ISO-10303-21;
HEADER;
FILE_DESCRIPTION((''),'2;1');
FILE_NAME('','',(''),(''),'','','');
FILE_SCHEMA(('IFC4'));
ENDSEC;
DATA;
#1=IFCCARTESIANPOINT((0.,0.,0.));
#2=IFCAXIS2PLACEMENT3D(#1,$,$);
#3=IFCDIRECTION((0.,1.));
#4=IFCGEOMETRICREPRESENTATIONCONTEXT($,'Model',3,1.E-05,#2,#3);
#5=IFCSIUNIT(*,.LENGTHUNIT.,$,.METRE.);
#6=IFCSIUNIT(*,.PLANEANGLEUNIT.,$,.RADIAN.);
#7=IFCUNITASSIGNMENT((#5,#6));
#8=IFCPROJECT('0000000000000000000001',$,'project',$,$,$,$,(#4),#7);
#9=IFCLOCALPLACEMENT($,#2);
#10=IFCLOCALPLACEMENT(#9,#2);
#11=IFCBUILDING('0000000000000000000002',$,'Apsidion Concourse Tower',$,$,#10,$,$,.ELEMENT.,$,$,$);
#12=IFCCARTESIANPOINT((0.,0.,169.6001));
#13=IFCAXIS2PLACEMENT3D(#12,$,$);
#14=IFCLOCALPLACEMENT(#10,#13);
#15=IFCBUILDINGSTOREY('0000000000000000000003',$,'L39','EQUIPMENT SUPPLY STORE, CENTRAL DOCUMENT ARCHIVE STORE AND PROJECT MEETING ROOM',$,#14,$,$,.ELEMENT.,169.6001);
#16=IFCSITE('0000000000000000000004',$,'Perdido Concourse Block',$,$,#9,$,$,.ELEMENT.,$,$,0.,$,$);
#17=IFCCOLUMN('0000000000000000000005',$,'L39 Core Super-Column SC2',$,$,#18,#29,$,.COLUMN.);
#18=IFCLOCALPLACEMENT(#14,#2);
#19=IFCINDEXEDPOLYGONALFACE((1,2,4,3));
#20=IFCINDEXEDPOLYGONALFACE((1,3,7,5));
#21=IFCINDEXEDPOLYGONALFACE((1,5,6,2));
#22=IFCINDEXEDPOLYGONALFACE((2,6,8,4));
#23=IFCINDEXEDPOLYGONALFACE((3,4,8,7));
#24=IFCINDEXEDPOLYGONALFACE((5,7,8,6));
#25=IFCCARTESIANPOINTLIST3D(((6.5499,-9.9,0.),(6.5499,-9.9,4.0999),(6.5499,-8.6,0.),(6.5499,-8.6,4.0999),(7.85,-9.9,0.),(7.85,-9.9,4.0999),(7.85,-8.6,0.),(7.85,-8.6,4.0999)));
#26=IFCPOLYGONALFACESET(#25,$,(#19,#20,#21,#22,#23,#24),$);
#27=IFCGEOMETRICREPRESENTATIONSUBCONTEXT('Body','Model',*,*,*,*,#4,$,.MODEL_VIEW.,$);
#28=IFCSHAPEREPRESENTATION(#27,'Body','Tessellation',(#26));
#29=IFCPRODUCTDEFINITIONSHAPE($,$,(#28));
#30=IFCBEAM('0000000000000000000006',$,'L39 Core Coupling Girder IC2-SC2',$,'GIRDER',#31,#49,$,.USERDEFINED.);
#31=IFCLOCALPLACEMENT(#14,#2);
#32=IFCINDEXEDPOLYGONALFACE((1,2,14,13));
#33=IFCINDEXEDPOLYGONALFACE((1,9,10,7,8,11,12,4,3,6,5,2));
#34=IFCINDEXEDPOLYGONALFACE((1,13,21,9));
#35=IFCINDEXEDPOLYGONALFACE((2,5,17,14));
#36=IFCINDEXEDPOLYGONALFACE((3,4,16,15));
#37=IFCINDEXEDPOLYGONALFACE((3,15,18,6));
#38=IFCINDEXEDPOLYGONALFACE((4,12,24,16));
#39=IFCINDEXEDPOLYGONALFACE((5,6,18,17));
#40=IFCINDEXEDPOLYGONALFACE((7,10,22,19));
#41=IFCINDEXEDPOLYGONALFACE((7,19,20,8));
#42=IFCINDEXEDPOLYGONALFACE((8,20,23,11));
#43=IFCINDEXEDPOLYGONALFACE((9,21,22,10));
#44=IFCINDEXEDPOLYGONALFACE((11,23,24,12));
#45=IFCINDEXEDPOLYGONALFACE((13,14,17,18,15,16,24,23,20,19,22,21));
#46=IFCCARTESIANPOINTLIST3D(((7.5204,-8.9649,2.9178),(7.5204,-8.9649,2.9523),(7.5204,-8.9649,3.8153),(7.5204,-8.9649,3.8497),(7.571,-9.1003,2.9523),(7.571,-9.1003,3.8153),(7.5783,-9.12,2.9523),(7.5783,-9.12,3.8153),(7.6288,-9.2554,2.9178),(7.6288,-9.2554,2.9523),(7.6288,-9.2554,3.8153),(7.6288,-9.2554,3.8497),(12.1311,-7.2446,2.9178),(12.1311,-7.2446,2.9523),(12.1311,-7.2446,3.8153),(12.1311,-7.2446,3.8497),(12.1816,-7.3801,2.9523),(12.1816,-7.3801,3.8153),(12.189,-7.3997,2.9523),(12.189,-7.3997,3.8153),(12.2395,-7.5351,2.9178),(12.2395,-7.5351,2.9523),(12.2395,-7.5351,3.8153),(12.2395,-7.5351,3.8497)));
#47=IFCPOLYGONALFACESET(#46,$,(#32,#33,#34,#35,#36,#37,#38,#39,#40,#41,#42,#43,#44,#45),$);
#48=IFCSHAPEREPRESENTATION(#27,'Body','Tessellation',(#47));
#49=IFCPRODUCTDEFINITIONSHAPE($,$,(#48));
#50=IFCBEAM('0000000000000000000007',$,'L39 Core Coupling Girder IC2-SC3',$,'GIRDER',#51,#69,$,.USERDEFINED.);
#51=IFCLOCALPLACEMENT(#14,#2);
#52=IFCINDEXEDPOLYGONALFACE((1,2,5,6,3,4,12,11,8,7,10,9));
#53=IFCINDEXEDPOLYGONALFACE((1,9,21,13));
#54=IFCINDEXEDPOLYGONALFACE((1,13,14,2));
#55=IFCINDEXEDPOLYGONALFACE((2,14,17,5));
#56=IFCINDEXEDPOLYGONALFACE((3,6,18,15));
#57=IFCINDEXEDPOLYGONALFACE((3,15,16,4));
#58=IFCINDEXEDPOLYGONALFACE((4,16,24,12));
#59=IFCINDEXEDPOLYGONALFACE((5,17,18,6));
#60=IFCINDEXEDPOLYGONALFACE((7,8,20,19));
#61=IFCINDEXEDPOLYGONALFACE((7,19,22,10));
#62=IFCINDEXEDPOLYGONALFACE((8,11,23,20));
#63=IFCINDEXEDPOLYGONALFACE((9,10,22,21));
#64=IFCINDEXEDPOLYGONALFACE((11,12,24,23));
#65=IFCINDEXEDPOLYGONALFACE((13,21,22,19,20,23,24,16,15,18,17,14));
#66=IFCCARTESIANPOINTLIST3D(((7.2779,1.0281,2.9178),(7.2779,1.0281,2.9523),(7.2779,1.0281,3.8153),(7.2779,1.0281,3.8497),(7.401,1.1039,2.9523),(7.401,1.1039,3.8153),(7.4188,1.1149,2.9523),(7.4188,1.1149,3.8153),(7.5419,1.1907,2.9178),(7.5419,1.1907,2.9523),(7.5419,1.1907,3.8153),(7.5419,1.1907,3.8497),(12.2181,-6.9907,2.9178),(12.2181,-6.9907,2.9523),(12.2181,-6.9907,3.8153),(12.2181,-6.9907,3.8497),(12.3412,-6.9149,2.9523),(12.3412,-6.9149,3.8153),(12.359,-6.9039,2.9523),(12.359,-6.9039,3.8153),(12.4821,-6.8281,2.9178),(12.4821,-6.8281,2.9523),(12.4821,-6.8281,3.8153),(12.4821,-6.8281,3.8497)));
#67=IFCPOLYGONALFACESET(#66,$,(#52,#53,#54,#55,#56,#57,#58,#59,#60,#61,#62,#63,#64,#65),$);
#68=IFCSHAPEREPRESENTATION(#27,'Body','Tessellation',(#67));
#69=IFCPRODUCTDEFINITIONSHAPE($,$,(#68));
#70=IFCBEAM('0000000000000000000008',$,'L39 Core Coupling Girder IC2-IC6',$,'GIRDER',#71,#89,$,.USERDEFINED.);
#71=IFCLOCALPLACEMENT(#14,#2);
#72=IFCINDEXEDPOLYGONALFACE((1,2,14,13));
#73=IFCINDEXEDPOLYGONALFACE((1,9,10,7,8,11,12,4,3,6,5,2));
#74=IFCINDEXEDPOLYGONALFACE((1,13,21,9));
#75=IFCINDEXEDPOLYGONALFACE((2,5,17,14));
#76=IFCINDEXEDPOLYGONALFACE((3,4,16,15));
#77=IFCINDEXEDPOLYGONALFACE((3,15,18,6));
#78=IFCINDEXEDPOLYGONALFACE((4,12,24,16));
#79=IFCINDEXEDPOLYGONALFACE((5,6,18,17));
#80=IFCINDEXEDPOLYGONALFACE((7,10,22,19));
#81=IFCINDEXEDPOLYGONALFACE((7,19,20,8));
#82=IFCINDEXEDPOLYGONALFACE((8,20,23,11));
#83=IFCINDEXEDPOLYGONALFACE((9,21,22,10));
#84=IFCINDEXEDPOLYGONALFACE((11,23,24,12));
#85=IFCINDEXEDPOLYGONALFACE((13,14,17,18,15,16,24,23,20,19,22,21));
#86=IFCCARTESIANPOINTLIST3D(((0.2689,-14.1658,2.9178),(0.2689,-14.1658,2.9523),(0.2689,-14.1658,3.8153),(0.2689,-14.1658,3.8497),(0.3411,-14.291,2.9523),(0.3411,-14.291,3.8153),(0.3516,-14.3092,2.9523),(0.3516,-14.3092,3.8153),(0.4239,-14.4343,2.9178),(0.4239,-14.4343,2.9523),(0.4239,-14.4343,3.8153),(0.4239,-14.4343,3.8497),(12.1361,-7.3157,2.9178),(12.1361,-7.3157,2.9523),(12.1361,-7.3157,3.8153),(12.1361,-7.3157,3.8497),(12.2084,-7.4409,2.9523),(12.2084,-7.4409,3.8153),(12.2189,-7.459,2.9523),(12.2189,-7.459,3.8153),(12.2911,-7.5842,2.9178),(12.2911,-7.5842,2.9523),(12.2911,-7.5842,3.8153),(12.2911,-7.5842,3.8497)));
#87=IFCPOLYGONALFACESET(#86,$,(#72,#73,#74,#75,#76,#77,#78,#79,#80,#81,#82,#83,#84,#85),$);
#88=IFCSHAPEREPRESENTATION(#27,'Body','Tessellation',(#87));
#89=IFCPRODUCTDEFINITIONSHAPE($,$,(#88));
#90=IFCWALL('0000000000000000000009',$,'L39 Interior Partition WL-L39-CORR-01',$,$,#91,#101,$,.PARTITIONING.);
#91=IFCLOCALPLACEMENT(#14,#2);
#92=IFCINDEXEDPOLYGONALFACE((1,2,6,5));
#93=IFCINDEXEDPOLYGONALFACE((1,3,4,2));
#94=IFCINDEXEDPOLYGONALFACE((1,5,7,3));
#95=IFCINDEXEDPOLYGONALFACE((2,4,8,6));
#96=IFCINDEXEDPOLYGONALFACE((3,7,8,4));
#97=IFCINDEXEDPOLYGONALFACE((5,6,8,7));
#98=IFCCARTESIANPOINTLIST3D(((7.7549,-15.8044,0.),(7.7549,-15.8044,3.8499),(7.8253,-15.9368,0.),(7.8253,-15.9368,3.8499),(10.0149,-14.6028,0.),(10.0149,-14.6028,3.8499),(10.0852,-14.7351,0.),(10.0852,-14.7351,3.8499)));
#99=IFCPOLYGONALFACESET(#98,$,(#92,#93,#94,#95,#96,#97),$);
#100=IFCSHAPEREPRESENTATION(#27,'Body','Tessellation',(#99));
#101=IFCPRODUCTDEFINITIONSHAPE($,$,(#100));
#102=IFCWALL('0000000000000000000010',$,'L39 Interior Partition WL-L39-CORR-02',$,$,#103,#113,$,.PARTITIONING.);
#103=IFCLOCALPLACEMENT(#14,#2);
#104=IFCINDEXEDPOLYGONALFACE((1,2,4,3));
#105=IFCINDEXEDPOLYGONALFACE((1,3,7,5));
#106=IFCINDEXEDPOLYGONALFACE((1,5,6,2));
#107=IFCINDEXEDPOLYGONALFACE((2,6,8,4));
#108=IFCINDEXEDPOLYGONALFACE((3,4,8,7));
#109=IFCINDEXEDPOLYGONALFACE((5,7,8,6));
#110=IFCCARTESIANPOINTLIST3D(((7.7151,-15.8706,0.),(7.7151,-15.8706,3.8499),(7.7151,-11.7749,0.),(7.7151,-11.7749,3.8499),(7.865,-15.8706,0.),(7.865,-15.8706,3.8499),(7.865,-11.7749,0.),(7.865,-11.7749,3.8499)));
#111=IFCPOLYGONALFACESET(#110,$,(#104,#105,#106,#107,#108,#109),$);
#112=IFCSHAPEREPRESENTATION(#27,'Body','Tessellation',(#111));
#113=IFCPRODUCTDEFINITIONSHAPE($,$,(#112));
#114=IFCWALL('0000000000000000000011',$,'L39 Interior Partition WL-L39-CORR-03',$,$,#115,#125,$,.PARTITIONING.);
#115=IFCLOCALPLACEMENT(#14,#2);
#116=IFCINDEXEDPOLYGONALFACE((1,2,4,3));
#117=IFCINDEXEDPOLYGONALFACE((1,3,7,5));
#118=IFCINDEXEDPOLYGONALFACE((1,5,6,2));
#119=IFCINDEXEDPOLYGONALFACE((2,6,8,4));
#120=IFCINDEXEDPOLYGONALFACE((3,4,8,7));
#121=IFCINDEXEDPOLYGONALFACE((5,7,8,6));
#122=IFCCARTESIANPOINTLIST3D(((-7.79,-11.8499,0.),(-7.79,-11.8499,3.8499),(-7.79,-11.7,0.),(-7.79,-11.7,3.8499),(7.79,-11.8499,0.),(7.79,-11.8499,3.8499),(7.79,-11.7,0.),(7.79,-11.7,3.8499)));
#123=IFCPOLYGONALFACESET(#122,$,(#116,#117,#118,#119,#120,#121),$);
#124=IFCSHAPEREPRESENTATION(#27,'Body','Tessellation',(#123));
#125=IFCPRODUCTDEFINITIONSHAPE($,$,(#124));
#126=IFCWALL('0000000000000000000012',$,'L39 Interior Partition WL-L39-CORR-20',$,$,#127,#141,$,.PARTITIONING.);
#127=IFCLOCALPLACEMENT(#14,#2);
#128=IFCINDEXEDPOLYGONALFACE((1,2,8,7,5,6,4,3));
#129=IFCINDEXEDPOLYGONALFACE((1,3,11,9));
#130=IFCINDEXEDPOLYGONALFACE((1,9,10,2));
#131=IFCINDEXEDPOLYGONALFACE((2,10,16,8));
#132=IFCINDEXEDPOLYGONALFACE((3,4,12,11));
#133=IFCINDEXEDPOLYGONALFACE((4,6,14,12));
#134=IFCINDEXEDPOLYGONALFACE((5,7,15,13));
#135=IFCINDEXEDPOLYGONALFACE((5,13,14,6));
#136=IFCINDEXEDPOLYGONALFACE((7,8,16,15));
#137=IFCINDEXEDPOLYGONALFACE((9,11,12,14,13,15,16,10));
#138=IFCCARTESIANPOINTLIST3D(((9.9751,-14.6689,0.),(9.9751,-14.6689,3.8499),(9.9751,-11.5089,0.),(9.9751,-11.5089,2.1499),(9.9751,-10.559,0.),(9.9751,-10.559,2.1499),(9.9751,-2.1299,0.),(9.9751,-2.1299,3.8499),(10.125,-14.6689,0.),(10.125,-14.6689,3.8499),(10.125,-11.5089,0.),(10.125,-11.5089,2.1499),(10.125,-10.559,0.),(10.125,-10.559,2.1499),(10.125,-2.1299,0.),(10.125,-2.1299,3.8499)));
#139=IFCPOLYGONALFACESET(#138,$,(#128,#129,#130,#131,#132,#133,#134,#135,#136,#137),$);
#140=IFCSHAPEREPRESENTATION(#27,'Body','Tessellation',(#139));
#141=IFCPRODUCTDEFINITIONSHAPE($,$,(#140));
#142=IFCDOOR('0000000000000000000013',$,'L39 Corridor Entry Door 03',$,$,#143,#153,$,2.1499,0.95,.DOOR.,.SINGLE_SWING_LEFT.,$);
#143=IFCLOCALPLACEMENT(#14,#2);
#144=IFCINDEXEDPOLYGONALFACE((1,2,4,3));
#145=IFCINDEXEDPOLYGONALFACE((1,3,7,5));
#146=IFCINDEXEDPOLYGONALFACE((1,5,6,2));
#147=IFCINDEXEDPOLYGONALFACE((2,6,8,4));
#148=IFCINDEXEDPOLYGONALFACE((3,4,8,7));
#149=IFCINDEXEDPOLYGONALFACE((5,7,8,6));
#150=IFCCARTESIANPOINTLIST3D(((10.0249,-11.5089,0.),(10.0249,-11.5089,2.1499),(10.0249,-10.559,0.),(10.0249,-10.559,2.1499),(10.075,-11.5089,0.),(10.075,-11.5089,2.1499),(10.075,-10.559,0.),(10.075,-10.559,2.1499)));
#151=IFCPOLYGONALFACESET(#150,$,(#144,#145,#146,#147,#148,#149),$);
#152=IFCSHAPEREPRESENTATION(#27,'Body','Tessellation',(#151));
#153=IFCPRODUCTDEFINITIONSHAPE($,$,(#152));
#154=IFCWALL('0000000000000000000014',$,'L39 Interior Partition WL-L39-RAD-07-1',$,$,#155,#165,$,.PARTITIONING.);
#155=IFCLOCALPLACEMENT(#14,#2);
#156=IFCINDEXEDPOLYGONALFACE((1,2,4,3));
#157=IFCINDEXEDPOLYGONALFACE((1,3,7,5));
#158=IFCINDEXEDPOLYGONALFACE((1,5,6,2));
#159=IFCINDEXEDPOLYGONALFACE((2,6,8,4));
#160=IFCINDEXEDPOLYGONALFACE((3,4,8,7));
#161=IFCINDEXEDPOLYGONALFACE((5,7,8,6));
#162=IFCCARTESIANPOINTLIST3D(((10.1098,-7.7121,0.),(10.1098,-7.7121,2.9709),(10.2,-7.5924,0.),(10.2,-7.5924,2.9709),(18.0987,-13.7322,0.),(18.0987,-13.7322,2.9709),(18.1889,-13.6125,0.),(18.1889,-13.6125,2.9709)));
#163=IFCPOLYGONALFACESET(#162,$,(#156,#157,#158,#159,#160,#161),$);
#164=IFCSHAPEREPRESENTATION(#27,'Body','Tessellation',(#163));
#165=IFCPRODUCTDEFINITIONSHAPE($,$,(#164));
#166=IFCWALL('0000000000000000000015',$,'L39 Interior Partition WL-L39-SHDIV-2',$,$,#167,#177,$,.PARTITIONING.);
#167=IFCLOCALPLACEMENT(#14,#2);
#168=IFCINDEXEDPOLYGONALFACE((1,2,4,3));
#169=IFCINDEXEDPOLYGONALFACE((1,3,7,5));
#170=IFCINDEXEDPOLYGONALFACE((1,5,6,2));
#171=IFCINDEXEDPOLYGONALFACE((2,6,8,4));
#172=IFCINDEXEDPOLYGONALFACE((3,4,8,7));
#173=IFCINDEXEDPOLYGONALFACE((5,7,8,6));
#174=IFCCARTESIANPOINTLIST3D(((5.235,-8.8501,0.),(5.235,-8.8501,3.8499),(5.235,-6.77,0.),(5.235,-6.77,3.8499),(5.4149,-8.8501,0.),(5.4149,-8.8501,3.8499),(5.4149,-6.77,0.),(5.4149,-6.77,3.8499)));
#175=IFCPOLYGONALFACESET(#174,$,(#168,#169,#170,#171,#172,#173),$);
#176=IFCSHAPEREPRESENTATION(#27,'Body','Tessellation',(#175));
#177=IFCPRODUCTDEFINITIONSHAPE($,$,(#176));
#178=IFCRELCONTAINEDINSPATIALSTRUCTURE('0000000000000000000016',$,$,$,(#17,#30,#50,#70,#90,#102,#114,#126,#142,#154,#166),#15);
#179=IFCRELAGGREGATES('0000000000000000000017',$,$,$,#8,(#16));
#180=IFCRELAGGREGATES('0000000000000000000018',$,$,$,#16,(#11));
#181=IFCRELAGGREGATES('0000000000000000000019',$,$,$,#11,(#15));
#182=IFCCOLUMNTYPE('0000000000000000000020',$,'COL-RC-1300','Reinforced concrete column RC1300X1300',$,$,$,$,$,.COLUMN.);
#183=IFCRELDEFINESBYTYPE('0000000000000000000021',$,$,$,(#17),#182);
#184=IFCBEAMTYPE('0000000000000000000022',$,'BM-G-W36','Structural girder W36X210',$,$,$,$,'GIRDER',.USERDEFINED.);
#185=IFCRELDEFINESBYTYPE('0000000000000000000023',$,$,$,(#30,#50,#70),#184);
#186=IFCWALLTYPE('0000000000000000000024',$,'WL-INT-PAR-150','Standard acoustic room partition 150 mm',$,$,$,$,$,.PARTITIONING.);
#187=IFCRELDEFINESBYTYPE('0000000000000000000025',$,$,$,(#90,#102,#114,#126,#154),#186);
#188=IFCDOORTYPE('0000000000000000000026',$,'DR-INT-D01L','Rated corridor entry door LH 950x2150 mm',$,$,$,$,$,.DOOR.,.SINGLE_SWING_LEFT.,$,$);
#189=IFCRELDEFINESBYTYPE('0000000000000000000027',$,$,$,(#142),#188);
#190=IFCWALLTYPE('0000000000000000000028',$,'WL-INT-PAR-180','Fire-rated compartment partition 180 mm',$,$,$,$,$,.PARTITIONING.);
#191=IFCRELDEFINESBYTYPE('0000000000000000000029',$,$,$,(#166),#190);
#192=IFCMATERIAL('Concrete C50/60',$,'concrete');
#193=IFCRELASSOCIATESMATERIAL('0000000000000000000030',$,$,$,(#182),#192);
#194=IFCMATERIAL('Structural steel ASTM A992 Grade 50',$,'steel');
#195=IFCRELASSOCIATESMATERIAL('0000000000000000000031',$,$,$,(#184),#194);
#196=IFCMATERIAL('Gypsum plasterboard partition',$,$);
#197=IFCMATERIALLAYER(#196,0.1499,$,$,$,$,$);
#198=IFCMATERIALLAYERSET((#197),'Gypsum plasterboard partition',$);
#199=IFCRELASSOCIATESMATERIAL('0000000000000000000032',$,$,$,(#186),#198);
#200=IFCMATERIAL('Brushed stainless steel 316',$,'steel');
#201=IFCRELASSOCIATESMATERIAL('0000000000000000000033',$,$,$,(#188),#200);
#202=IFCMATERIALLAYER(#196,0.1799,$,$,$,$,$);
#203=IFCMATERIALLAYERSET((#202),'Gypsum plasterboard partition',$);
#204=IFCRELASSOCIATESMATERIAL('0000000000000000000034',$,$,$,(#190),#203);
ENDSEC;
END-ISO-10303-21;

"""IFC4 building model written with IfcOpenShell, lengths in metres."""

from ifc_helpers import new_model, si_unit, direction, frame, frame_2d, origin, origin_2d, place, context, subcontext, project, spatial, rectangle, i_section, extrude, material, layer, layer_set, material_profile, profile_set, type_object, element, fill, save


model = new_model("IFC4")

# Units and contexts
model_context = context("Model", 3, precision=1e-05, world=origin(), true_north=direction((0.0, 1.0)))
body_context = subcontext(model_context, "Body", "Model", "MODEL_VIEW")
ifc_project = project(units=[si_unit("LENGTHUNIT", "METRE"), si_unit("PLANEANGLEUNIT", "RADIAN")], contexts=[model_context])

# Site, building, storey
site_placement = place(None, origin())
site = spatial("IfcSite", under=ifc_project, at=site_placement, Name="Perdido Concourse Block", CompositionType="ELEMENT", RefElevation=0.0)
building_placement = place(site_placement, origin())
building = spatial("IfcBuilding", under=site, at=building_placement, Name="Apsidion Concourse Tower", CompositionType="ELEMENT")
storey_placement = place(building_placement, frame((0.0, 0.0, 169.6001)))
storey = spatial("IfcBuildingStorey", under=building, at=storey_placement, Name="L39", Description="EQUIPMENT SUPPLY STORE, CENTRAL DOCUMENT ARCHIVE STORE AND PROJECT MEETING ROOM", CompositionType="ELEMENT", Elevation=169.6001)

# Column
ifc_material_1 = material(Name="Concrete C50/60", Category="concrete")
ifc_material_profile_1 = material_profile(ifc_material_1, rectangle(XDim=1.3, YDim=1.3, at=origin_2d()), Name="RC 1300x1300")
ifc_profile_set_1 = profile_set([ifc_material_profile_1], Name="Concrete C50/60")
column_type = type_object("IfcColumnType", Name="COL-RC-1300", Description="Reinforced concrete column RC1300X1300", PredefinedType="COLUMN", material=ifc_profile_set_1)
column_placement = place(storey_placement, frame((7.2, -9.25, 0.0), z_axis=(0.0, 0.0, 1.0), x_axis=(1.0, 0.0, 0.0)))
element("IfcColumn", 1, at=column_placement, inside=storey, type_object=column_type, Name="L39 Core Super-Column SC2", PredefinedType="COLUMN", context=body_context, shape_type="SweptSolid", body=[
    extrude(rectangle(XDim=1.3, YDim=1.3, at=origin_2d()), origin(), (0.0, 0.0, 1.0), 4.0999),
])

# Beams
ifc_material_2 = material(Name="Structural steel ASTM A992 Grade 50", Category="steel")
ifc_material_profile_2 = material_profile(ifc_material_2, i_section(OverallWidth=0.3101, OverallDepth=0.9319, WebThickness=0.021, FlangeThickness=0.0344, at=origin_2d()), Name="W36X210")
ifc_profile_set_2 = profile_set([ifc_material_profile_2], Name="Structural steel ASTM A992 Grade 50")
beam_type = type_object("IfcBeamType", Name="BM-G-W36", Description="Structural girder W36X210", ElementType="GIRDER", PredefinedType="USERDEFINED", material=ifc_profile_set_2)
beam_1_placement = place(storey_placement, frame((12.1853, -7.3899, 3.3838), z_axis=(-0.936913, -0.349563, 0.0), x_axis=(0.349563, -0.936913, 0.0)))
element("IfcBeam", 2, at=beam_1_placement, inside=storey, type_object=beam_type, Name="L39 Core Coupling Girder IC2-SC2", ObjectType="GIRDER", PredefinedType="USERDEFINED", context=body_context, shape_type="SweptSolid", body=[
    extrude(i_section(OverallWidth=0.3101, OverallDepth=0.9319, WebThickness=0.021, FlangeThickness=0.0344, at=origin_2d()), origin(), (0.0, 0.0, 1.0), 4.9211),
])
beam_2_placement = place(storey_placement, frame((12.3501, -6.9094, 3.3838), z_axis=(-0.524524, 0.851396, 0.0), x_axis=(-0.851396, -0.524524, 0.0)))
element("IfcBeam", 3, at=beam_2_placement, inside=storey, type_object=beam_type, Name="L39 Core Coupling Girder IC2-SC3", ObjectType="GIRDER", PredefinedType="USERDEFINED", context=body_context, shape_type="SweptSolid", body=[
    extrude(i_section(OverallWidth=0.3101, OverallDepth=0.9319, WebThickness=0.021, FlangeThickness=0.0344, at=origin_2d()), origin(), (0.0, 0.0, 1.0), 9.4185),
])
beam_3_placement = place(storey_placement, frame((12.2136, -7.45, 3.3838), z_axis=(-0.86607, -0.499922, 0.0), x_axis=(0.499922, -0.86607, 0.0)))
element("IfcBeam", 4, at=beam_3_placement, inside=storey, type_object=beam_type, Name="L39 Core Coupling Girder IC2-IC6", ObjectType="GIRDER", PredefinedType="USERDEFINED", context=body_context, shape_type="SweptSolid", body=[
    extrude(i_section(OverallWidth=0.3101, OverallDepth=0.9319, WebThickness=0.021, FlangeThickness=0.0344, at=origin_2d()), origin(), (0.0, 0.0, 1.0), 13.7024),
])

# Walls
ifc_material_3 = material(Name="Gypsum plasterboard partition")
ifc_layer_1 = layer(ifc_material_3, 0.1499)
ifc_layer_set_1 = layer_set([ifc_layer_1], Name="Gypsum plasterboard partition")
wall_type_1 = type_object("IfcWallType", Name="WL-INT-PAR-150", Description="Standard acoustic room partition 150 mm", PredefinedType="PARTITIONING", material=ifc_layer_set_1)
wall_1_placement = place(storey_placement, frame((10.05, -14.6689, 0.0), z_axis=(0.0, 0.0, 1.0), x_axis=(-0.882949, -0.469469, 0.0)))
element("IfcWall", 5, at=wall_1_placement, inside=storey, type_object=wall_type_1, Name="L39 Interior Partition WL-L39-CORR-01", PredefinedType="PARTITIONING", context=body_context, shape_type="SweptSolid", body=[
    extrude(rectangle(XDim=2.5596, YDim=0.1499, at=frame_2d((1.2798, 0.0))), origin(), (0.0, 0.0, 1.0), 3.8499),
])
wall_2_placement = place(storey_placement, frame((7.79, -15.8706, 0.0), z_axis=(0.0, 0.0, 1.0), x_axis=(0.0, 1.0, 0.0)))
element("IfcWall", 6, at=wall_2_placement, inside=storey, type_object=wall_type_1, Name="L39 Interior Partition WL-L39-CORR-02", PredefinedType="PARTITIONING", context=body_context, shape_type="SweptSolid", body=[
    extrude(rectangle(XDim=4.0957, YDim=0.1499, at=frame_2d((2.0479, 0.0))), origin(), (0.0, 0.0, 1.0), 3.8499),
])
wall_3_placement = place(storey_placement, frame((7.79, -11.7749, 0.0), z_axis=(0.0, 0.0, 1.0), x_axis=(-1.0, 0.0, 0.0)))
element("IfcWall", 7, at=wall_3_placement, inside=storey, type_object=wall_type_1, Name="L39 Interior Partition WL-L39-CORR-03", PredefinedType="PARTITIONING", context=body_context, shape_type="SweptSolid", body=[
    extrude(rectangle(XDim=15.5801, YDim=0.1499, at=frame_2d((7.79, 0.0))), origin(), (0.0, 0.0, 1.0), 3.8499),
])

# Wall, opening, door
wall_4_placement = place(storey_placement, frame((10.05, -2.1299, 0.0), z_axis=(0.0, 0.0, 1.0), x_axis=(0.0, -1.0, 0.0)))
wall_4 = element("IfcWall", 8, at=wall_4_placement, inside=storey, type_object=wall_type_1, Name="L39 Interior Partition WL-L39-CORR-20", PredefinedType="PARTITIONING", context=body_context, shape_type="SweptSolid", body=[
    extrude(rectangle(XDim=12.5391, YDim=0.1499, at=frame_2d((6.2695, 0.0))), origin(), (0.0, 0.0, 1.0), 3.8499),
])
opening_1_placement = place(wall_4_placement, frame((8.429, 0.0, 0.0)))
opening_1 = element("IfcOpeningElement", 9, at=opening_1_placement, cuts=wall_4, PredefinedType="OPENING", context=body_context, shape_type="SweptSolid", body=[
    extrude(rectangle(XDim=0.95, YDim=2.1499, at=frame_2d((0.4751, 1.075))), frame((0.0, 0.085, 0.0), z_axis=(0.0, -1.0, 0.0), x_axis=(1.0, 0.0, 0.0)), (0.0, 0.0, 1.0), 0.1699),
])
ifc_material_4 = material(Name="Brushed stainless steel 316", Category="steel")
door_type_1 = type_object("IfcDoorType", Name="DR-INT-D01L", Description="Rated corridor entry door LH 950x2150 mm", OperationType="SINGLE_SWING_LEFT", PredefinedType="DOOR", material=ifc_material_4)
door_1_placement = place(opening_1_placement, origin())
door_1 = element("IfcDoor", 10, at=door_1_placement, inside=storey, type_object=door_type_1, Name="L39 Corridor Entry Door 03", OperationType="SINGLE_SWING_LEFT", OverallHeight=2.1499, OverallWidth=0.95, PredefinedType="DOOR", context=body_context, shape_type="SweptSolid", body=[
    extrude(rectangle(XDim=0.95, YDim=2.1499, at=frame_2d((0.4751, 1.075))), frame((0.0, 0.0249, 0.0), z_axis=(0.0, -1.0, 0.0), x_axis=(1.0, 0.0, 0.0)), (0.0, 0.0, 1.0), 0.05),
])
fill(opening_1, door_1)

# Walls
wall_5_placement = place(storey_placement, frame((10.155, -7.6523, 0.0), z_axis=(0.0, 0.0, 1.0), x_axis=(0.798633, -0.601818, 0.0)))
element("IfcWall", 11, at=wall_5_placement, inside=storey, type_object=wall_type_1, Name="L39 Interior Partition WL-L39-RAD-07-1", PredefinedType="PARTITIONING", context=body_context, shape_type="SweptSolid", body=[
    extrude(rectangle(XDim=10.0032, YDim=0.1499, at=frame_2d((5.0015, 0.0))), origin(), (0.0, 0.0, 1.0), 2.9709),
])
ifc_layer_2 = layer(ifc_material_3, 0.1799)
ifc_layer_set_2 = layer_set([ifc_layer_2], Name="Gypsum plasterboard partition")
wall_type_2 = type_object("IfcWallType", Name="WL-INT-PAR-180", Description="Fire-rated compartment partition 180 mm", PredefinedType="PARTITIONING", material=ifc_layer_set_2)
wall_6_placement = place(storey_placement, frame((5.325, -8.8501, 0.0), z_axis=(0.0, 0.0, 1.0), x_axis=(0.0, 1.0, 0.0)))
element("IfcWall", 12, at=wall_6_placement, inside=storey, type_object=wall_type_2, Name="L39 Interior Partition WL-L39-SHDIV-2", PredefinedType="PARTITIONING", context=body_context, shape_type="SweptSolid", body=[
    extrude(rectangle(XDim=2.0801, YDim=0.1799, at=frame_2d((1.04, 0.0))), origin(), (0.0, 0.0, 1.0), 3.8499),
])

save(model, "model.ifc")
